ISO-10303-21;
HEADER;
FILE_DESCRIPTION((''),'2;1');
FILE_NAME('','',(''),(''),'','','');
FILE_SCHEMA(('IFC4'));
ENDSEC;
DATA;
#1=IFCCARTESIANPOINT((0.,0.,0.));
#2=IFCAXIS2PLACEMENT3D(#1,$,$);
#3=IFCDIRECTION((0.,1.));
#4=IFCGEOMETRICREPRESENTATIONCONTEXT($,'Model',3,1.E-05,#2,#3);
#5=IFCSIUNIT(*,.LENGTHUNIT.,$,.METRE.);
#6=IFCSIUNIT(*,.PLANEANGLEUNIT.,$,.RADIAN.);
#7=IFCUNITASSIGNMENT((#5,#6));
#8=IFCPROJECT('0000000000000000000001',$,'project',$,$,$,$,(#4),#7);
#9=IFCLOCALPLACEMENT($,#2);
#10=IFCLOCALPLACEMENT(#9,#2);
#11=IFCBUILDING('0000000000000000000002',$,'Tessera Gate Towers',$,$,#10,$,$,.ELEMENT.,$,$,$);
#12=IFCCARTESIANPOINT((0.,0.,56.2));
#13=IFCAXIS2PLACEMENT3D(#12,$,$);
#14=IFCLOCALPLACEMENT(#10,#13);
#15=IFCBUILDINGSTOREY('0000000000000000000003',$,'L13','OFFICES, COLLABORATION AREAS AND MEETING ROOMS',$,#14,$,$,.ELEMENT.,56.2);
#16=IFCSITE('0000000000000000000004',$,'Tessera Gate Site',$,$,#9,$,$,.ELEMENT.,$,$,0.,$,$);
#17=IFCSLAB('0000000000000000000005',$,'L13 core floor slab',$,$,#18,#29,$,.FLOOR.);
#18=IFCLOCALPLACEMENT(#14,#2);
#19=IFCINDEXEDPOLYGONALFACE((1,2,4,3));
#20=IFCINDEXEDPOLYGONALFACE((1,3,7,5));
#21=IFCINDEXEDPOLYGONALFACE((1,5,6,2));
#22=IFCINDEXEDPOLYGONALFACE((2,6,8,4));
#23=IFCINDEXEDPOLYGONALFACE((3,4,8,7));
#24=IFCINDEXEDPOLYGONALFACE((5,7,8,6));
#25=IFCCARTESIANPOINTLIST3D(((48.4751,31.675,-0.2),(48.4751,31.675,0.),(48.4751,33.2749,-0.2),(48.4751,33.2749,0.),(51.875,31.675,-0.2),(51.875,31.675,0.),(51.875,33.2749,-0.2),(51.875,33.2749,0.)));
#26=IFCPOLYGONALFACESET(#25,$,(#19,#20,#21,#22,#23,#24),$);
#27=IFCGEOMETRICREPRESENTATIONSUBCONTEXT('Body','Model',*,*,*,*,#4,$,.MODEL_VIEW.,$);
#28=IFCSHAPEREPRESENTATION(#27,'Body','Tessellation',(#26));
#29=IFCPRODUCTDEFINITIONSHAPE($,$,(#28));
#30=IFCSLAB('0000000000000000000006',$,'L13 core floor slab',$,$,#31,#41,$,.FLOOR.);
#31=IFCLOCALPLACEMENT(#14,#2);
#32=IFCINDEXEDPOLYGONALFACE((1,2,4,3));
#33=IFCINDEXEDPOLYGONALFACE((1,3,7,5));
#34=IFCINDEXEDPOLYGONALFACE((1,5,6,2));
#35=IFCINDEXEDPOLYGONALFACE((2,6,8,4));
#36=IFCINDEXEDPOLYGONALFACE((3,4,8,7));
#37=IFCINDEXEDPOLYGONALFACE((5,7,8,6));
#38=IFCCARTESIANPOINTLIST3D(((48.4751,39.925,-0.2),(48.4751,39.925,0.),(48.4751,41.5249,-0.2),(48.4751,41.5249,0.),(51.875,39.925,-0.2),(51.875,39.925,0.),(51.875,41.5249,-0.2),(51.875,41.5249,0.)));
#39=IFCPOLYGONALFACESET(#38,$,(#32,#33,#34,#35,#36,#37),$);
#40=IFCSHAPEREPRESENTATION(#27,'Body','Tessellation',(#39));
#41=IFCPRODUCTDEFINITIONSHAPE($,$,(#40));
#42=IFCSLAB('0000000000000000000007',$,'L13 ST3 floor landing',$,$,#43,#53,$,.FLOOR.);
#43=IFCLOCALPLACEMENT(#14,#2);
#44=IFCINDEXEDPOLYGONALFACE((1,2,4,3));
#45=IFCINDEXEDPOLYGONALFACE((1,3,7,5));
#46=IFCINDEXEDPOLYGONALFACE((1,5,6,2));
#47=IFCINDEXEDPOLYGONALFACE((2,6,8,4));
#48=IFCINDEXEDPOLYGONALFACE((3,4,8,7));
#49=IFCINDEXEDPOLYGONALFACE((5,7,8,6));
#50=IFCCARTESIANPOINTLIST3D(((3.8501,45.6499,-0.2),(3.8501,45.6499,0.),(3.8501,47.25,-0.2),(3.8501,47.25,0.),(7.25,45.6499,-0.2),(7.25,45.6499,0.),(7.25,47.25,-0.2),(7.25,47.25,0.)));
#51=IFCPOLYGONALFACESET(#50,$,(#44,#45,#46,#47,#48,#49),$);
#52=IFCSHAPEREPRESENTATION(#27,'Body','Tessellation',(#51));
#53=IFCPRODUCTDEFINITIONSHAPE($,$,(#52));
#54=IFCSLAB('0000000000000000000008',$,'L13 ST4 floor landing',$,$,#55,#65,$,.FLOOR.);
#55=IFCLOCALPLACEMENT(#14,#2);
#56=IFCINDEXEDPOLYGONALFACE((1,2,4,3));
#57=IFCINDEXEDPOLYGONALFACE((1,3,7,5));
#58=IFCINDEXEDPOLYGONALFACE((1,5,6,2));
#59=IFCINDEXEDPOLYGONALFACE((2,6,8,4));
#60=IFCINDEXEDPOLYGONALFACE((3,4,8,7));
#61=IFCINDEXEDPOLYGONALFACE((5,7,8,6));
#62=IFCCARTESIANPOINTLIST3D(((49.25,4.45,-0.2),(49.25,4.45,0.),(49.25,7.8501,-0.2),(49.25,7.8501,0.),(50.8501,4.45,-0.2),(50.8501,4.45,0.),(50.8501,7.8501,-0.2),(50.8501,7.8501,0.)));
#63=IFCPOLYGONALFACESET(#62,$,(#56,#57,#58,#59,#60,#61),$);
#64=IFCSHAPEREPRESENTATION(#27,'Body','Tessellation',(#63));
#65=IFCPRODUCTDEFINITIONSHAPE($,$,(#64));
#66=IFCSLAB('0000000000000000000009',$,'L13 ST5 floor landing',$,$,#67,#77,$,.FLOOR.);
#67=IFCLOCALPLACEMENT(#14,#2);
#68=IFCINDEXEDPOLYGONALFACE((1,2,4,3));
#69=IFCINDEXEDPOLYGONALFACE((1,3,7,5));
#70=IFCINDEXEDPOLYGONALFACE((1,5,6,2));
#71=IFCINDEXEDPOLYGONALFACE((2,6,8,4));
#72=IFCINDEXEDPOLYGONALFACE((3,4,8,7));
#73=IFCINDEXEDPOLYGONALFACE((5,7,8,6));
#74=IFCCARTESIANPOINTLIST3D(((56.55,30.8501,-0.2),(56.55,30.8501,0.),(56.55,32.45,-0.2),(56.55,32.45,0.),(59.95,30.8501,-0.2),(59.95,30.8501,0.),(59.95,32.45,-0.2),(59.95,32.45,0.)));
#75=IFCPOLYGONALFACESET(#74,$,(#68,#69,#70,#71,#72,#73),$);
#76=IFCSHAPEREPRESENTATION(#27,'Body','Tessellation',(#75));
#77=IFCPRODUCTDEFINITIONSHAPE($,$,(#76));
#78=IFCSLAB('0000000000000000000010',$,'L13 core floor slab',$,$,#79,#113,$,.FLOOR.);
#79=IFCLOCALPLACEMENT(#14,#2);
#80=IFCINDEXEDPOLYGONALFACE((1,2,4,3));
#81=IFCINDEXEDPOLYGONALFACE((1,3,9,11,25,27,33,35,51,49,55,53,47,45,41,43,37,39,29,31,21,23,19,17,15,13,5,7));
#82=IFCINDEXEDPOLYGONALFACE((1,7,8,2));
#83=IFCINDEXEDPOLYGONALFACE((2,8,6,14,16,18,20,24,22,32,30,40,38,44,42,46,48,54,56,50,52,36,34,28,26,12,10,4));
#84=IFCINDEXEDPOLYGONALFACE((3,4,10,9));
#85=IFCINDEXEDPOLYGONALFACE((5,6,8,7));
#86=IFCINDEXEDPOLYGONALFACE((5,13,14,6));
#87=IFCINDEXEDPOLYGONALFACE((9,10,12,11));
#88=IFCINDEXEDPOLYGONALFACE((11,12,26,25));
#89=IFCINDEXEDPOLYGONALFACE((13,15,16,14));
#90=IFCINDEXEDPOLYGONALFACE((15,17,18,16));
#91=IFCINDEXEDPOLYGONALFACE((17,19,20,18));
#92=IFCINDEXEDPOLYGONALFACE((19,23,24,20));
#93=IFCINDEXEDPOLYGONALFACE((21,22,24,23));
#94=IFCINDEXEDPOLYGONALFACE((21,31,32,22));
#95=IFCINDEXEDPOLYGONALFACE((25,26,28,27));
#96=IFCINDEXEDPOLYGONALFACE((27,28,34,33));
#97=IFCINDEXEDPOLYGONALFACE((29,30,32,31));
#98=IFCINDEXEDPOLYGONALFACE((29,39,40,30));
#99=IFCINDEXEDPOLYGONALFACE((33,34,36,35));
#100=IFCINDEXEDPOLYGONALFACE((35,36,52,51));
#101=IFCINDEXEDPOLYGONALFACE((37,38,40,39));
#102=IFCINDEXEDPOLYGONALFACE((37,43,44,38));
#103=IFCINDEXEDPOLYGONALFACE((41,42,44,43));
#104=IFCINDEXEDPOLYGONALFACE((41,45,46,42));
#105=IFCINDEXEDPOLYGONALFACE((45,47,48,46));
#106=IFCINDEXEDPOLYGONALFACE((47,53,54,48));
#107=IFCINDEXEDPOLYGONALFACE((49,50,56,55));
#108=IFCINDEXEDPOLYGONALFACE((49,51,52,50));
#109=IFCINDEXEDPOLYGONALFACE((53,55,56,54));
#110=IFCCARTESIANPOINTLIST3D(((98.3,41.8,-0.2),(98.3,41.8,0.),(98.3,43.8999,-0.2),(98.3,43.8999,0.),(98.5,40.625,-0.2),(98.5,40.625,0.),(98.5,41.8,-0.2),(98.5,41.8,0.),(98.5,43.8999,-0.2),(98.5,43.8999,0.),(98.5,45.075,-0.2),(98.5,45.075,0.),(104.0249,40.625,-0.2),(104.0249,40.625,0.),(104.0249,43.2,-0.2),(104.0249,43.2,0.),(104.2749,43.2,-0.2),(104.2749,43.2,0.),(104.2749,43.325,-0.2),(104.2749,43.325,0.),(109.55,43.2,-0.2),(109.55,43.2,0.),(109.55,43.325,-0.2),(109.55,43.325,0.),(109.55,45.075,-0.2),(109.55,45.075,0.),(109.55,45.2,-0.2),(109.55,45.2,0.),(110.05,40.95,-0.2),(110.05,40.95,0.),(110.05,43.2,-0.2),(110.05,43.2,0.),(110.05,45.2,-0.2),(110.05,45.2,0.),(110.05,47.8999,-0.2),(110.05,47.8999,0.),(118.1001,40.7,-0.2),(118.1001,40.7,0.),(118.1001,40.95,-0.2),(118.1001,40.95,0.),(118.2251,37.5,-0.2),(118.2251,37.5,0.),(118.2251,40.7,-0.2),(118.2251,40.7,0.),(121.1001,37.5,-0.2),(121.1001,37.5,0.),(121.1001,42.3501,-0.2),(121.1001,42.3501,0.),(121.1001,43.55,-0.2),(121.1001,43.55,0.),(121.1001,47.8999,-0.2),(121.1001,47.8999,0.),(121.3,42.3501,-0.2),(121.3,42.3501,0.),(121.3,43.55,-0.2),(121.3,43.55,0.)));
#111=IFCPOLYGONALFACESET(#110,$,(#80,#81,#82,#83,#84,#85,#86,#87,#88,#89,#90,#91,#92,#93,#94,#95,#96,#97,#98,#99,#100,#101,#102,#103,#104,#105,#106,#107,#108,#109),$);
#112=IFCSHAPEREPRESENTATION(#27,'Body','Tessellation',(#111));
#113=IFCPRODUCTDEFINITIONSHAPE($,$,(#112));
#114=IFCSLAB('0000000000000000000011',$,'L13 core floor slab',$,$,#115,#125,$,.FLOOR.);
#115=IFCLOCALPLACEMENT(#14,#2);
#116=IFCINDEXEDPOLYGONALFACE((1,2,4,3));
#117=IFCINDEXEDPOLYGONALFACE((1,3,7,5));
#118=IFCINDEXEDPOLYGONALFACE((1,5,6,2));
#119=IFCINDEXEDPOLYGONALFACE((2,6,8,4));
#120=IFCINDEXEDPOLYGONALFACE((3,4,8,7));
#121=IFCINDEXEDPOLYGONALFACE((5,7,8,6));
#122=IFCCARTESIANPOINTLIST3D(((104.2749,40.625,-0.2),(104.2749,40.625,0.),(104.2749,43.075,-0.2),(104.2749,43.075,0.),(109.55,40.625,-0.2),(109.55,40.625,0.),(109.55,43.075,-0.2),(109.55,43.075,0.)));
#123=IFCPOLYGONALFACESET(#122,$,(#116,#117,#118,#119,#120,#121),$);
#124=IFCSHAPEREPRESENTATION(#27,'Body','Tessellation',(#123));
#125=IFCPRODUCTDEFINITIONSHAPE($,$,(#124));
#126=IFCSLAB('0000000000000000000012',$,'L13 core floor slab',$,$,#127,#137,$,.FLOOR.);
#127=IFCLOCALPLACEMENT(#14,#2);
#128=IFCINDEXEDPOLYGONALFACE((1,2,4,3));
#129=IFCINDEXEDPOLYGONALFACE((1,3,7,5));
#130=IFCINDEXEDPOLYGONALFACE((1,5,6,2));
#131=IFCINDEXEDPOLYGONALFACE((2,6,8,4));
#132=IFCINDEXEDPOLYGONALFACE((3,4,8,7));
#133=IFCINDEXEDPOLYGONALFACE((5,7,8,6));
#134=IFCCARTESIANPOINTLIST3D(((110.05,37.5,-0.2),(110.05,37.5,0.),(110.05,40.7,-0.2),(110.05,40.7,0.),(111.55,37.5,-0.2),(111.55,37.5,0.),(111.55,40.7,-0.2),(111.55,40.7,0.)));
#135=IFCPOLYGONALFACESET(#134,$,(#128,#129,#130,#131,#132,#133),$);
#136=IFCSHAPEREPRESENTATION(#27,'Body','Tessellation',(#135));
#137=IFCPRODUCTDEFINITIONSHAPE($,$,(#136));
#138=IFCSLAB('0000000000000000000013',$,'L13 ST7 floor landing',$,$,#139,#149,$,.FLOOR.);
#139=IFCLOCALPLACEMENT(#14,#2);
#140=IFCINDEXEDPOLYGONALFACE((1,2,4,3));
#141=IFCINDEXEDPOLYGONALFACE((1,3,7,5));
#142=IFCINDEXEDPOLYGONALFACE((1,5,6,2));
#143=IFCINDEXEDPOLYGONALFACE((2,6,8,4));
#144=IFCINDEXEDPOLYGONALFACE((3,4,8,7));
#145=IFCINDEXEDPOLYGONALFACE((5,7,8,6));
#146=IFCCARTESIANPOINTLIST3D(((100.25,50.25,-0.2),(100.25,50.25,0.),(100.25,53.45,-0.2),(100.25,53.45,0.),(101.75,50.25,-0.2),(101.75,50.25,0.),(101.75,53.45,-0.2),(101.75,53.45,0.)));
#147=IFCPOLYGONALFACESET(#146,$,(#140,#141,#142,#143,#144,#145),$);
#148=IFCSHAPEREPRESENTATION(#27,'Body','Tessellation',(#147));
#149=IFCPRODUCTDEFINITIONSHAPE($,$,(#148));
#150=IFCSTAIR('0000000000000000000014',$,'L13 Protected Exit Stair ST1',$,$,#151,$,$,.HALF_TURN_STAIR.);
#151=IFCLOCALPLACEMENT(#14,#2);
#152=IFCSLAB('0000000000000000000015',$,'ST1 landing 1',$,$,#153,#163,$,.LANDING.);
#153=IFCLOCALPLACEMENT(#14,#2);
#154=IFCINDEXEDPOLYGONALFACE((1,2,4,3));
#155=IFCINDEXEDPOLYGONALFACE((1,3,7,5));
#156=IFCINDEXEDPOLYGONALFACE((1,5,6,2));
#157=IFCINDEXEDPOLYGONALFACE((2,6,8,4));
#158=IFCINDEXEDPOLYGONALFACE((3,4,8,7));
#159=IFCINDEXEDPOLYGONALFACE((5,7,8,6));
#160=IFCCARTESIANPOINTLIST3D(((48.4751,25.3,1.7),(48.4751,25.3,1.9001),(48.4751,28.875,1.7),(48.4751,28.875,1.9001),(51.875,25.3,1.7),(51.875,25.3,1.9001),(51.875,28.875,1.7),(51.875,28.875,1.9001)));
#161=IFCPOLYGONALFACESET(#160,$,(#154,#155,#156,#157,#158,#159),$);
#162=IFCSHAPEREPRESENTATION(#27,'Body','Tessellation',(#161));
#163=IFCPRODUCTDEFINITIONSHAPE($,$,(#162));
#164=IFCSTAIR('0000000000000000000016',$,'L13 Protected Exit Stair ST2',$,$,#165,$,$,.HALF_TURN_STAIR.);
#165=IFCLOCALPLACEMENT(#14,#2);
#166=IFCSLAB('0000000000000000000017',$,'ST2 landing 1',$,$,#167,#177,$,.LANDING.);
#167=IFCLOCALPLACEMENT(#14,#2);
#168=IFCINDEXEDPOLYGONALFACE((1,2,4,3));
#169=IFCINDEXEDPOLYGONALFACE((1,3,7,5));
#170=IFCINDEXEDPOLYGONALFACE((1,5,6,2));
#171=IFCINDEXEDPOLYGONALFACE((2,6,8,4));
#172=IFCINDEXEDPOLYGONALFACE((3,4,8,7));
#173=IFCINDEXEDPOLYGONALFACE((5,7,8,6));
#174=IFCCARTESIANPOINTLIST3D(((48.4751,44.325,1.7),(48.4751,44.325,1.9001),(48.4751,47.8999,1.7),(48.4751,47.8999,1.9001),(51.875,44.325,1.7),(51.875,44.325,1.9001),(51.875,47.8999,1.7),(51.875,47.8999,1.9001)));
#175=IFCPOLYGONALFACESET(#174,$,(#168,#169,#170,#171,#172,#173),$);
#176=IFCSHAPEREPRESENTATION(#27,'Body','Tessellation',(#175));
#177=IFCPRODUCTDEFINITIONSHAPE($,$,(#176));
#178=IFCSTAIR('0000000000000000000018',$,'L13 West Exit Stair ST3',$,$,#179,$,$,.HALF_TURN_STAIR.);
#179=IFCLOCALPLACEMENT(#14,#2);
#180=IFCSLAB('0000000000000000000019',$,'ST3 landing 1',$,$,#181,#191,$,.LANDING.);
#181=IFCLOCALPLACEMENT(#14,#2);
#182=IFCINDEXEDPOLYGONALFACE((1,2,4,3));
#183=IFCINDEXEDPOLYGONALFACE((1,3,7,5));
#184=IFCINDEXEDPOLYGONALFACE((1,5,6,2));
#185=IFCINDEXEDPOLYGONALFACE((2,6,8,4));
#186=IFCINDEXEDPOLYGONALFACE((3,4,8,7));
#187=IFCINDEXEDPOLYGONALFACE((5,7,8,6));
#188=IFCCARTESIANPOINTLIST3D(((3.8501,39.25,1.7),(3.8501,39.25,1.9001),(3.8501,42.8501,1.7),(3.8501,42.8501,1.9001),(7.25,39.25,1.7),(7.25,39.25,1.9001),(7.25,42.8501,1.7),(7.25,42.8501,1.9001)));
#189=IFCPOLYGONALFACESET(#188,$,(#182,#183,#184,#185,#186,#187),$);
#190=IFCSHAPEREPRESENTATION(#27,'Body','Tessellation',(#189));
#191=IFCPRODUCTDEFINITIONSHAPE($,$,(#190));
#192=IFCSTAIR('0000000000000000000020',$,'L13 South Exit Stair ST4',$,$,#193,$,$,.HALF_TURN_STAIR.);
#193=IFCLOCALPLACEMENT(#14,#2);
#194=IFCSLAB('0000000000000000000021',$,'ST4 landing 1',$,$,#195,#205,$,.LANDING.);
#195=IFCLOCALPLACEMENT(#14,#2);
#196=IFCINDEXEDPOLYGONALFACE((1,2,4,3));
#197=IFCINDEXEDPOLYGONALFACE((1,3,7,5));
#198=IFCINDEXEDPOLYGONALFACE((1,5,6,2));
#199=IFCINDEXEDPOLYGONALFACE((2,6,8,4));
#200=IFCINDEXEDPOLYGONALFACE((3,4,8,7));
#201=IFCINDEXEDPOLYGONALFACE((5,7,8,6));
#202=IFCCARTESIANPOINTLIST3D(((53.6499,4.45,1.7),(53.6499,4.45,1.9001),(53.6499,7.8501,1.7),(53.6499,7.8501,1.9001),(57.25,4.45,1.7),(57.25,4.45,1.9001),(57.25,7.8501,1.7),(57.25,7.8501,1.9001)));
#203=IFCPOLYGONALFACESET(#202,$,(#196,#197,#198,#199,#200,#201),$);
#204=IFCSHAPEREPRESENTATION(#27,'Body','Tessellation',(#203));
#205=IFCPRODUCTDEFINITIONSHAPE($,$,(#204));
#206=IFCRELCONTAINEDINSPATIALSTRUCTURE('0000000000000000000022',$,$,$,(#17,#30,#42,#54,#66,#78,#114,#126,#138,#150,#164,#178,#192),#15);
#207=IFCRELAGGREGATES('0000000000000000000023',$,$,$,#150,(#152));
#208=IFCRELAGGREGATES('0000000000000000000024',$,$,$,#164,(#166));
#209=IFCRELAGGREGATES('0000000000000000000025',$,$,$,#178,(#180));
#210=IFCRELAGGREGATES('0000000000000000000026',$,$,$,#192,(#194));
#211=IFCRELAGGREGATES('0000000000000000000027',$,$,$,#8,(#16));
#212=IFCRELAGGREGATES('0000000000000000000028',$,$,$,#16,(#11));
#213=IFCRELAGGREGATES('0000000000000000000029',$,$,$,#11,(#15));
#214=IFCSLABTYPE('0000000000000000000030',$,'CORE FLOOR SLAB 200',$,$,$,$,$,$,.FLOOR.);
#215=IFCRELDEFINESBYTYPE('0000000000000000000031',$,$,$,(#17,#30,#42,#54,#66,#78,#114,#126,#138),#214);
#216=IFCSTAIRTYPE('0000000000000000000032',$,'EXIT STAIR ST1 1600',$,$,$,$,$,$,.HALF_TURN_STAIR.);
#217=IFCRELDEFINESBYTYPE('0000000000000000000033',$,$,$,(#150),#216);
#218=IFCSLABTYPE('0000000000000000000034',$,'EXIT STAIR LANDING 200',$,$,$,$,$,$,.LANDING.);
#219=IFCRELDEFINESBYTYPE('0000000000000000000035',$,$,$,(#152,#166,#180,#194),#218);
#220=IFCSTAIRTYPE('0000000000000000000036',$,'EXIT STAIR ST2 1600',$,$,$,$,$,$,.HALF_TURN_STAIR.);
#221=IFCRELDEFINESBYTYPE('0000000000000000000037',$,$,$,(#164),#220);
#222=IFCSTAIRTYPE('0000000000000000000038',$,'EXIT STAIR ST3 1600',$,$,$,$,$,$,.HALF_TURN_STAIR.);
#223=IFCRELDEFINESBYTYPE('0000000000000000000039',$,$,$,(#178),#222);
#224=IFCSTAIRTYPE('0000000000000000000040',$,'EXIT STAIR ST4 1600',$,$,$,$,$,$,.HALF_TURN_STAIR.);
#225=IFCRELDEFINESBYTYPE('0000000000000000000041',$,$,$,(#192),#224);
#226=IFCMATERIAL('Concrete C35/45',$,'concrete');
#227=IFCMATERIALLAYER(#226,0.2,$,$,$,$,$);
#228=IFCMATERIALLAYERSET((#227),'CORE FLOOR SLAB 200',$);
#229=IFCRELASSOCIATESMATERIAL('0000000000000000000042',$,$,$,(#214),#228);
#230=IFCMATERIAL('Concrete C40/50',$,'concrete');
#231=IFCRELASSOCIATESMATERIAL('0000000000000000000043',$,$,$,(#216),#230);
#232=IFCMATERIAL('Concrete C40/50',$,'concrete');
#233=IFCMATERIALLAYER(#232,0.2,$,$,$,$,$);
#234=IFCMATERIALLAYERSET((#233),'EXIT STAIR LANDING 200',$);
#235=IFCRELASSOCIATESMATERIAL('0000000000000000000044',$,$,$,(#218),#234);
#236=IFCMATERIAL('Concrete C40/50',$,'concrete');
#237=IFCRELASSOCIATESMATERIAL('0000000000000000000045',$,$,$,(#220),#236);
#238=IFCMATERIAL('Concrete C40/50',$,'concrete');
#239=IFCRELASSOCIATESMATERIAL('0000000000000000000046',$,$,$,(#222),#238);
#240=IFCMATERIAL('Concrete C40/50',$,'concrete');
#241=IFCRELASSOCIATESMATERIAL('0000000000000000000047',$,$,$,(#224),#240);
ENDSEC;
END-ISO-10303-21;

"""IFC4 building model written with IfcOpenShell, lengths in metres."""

from ifc_helpers import new_model, si_unit, direction, frame, origin, place, context, subcontext, project, spatial, polyline, outline, extrude, material, layer, layer_set, type_object, element, aggregate, save


model = new_model("IFC4")

# Units and contexts
model_context = context("Model", 3, precision=1e-05, world=origin(), true_north=direction((0.0, 1.0)))
body_context = subcontext(model_context, "Body", "Model", "MODEL_VIEW")
ifc_project = project(units=[si_unit("LENGTHUNIT", "METRE"), si_unit("PLANEANGLEUNIT", "RADIAN")], contexts=[model_context])

# Site, building, storey
site_placement = place(None, origin())
site = spatial("IfcSite", under=ifc_project, at=site_placement, Name="Tessera Gate Site", CompositionType="ELEMENT", RefElevation=0.0)
building_placement = place(site_placement, origin())
building = spatial("IfcBuilding", under=site, at=building_placement, Name="Tessera Gate Towers", CompositionType="ELEMENT")
storey_placement = place(building_placement, frame((0.0, 0.0, 56.2)))
storey = spatial("IfcBuildingStorey", under=building, at=storey_placement, Name="L13", Description="OFFICES, COLLABORATION AREAS AND MEETING ROOMS", CompositionType="ELEMENT", Elevation=56.2)

# Slabs
ifc_material_1 = material(Name="Concrete C35/45", Category="concrete")
ifc_layer_1 = layer(ifc_material_1, 0.2)
ifc_layer_set_1 = layer_set([ifc_layer_1], Name="CORE FLOOR SLAB 200")
slab_type_1 = type_object("IfcSlabType", Name="CORE FLOOR SLAB 200", PredefinedType="FLOOR", material=ifc_layer_set_1)
slab_1_placement = place(storey_placement, frame((0.0, 0.0, -0.2)))
element("IfcSlab", 1, at=slab_1_placement, inside=storey, type_object=slab_type_1, Name="L13 core floor slab", PredefinedType="FLOOR", context=body_context, shape_type="SweptSolid", body=[
    extrude(outline(polyline([(51.875, 31.675), (51.875, 33.2749), (48.4751, 33.2749), (48.4751, 31.675), (51.875, 31.675)])), origin(), (0.0, 0.0, 1.0), 0.2),
])
slab_2_placement = place(storey_placement, frame((0.0, 0.0, -0.2)))
element("IfcSlab", 2, at=slab_2_placement, inside=storey, type_object=slab_type_1, Name="L13 core floor slab", PredefinedType="FLOOR", context=body_context, shape_type="SweptSolid", body=[
    extrude(outline(polyline([(48.4751, 41.5249), (48.4751, 39.925), (51.875, 39.925), (51.875, 41.5249), (48.4751, 41.5249)])), origin(), (0.0, 0.0, 1.0), 0.2),
])
slab_3_placement = place(storey_placement, frame((0.0, 0.0, -0.2)))
element("IfcSlab", 3, at=slab_3_placement, inside=storey, type_object=slab_type_1, Name="L13 ST3 floor landing", PredefinedType="FLOOR", context=body_context, shape_type="SweptSolid", body=[
    extrude(outline(polyline([(3.8501, 47.25), (3.8501, 45.6499), (7.25, 45.6499), (7.25, 47.25), (3.8501, 47.25)])), origin(), (0.0, 0.0, 1.0), 0.2),
])
slab_4_placement = place(storey_placement, frame((0.0, 0.0, -0.2)))
element("IfcSlab", 4, at=slab_4_placement, inside=storey, type_object=slab_type_1, Name="L13 ST4 floor landing", PredefinedType="FLOOR", context=body_context, shape_type="SweptSolid", body=[
    extrude(outline(polyline([(49.25, 4.45), (50.8501, 4.45), (50.8501, 7.8501), (49.25, 7.8501), (49.25, 4.45)])), origin(), (0.0, 0.0, 1.0), 0.2),
])
slab_5_placement = place(storey_placement, frame((0.0, 0.0, -0.2)))
element("IfcSlab", 5, at=slab_5_placement, inside=storey, type_object=slab_type_1, Name="L13 ST5 floor landing", PredefinedType="FLOOR", context=body_context, shape_type="SweptSolid", body=[
    extrude(outline(polyline([(59.95, 30.8501), (59.95, 32.45), (56.55, 32.45), (56.55, 30.8501), (59.95, 30.8501)])), origin(), (0.0, 0.0, 1.0), 0.2),
])
slab_6_placement = place(storey_placement, frame((0.0, 0.0, -0.2)))
element("IfcSlab", 6, at=slab_6_placement, inside=storey, type_object=slab_type_1, Name="L13 core floor slab", PredefinedType="FLOOR", context=body_context, shape_type="SweptSolid", body=[
    extrude(outline(polyline([(109.55, 45.2), (109.55, 45.075), (98.5, 45.075), (98.5, 43.8999), (98.3, 43.8999), (98.3, 41.8), (98.5, 41.8), (98.5, 40.625), (104.0249, 40.625), (104.0249, 43.2), (104.2749, 43.2), (104.2749, 43.325), (109.55, 43.325), (109.55, 43.2), (110.05, 43.2), (110.05, 40.95), (118.1001, 40.95), (118.1001, 40.7), (118.2251, 40.7), (118.2251, 37.5), (121.1001, 37.5), (121.1001, 42.3501), (121.3, 42.3501), (121.3, 43.55), (121.1001, 43.55), (121.1001, 47.8999), (110.05, 47.8999), (110.05, 45.2), (109.55, 45.2)])), origin(), (0.0, 0.0, 1.0), 0.2),
])
slab_7_placement = place(storey_placement, frame((0.0, 0.0, -0.2)))
element("IfcSlab", 7, at=slab_7_placement, inside=storey, type_object=slab_type_1, Name="L13 core floor slab", PredefinedType="FLOOR", context=body_context, shape_type="SweptSolid", body=[
    extrude(outline(polyline([(109.55, 43.075), (104.2749, 43.075), (104.2749, 40.625), (109.55, 40.625), (109.55, 43.075)])), origin(), (0.0, 0.0, 1.0), 0.2),
])
slab_8_placement = place(storey_placement, frame((0.0, 0.0, -0.2)))
element("IfcSlab", 8, at=slab_8_placement, inside=storey, type_object=slab_type_1, Name="L13 core floor slab", PredefinedType="FLOOR", context=body_context, shape_type="SweptSolid", body=[
    extrude(outline(polyline([(111.55, 37.5), (111.55, 40.7), (110.05, 40.7), (110.05, 37.5), (111.55, 37.5)])), origin(), (0.0, 0.0, 1.0), 0.2),
])
slab_9_placement = place(storey_placement, frame((0.0, 0.0, -0.2)))
element("IfcSlab", 9, at=slab_9_placement, inside=storey, type_object=slab_type_1, Name="L13 ST7 floor landing", PredefinedType="FLOOR", context=body_context, shape_type="SweptSolid", body=[
    extrude(outline(polyline([(100.25, 50.25), (101.75, 50.25), (101.75, 53.45), (100.25, 53.45), (100.25, 50.25)])), origin(), (0.0, 0.0, 1.0), 0.2),
])

# Stairs, slabs
ifc_material_2 = material(Name="Concrete C40/50", Category="concrete")
stair_type_1 = type_object("IfcStairType", Name="EXIT STAIR ST1 1600", PredefinedType="HALF_TURN_STAIR", material=ifc_material_2)
stair_1_placement = place(storey_placement, origin())
stair_1 = element("IfcStair", 10, at=stair_1_placement, inside=storey, type_object=stair_type_1, Name="L13 Protected Exit Stair ST1", PredefinedType="HALF_TURN_STAIR")
ifc_material_3 = material(Name="Concrete C40/50", Category="concrete")
ifc_layer_2 = layer(ifc_material_3, 0.2)
ifc_layer_set_2 = layer_set([ifc_layer_2], Name="EXIT STAIR LANDING 200")
slab_type_2 = type_object("IfcSlabType", Name="EXIT STAIR LANDING 200", PredefinedType="LANDING", material=ifc_layer_set_2)
slab_10_placement = place(storey_placement, frame((0.0, 0.0, 1.7)))
slab_10 = element("IfcSlab", 11, at=slab_10_placement, type_object=slab_type_2, Name="ST1 landing 1", PredefinedType="LANDING", context=body_context, shape_type="SweptSolid", body=[
    extrude(outline(polyline([(48.4751, 28.875), (48.4751, 25.3), (51.875, 25.3), (51.875, 28.875), (48.4751, 28.875)])), origin(), (0.0, 0.0, 1.0), 0.2002),
])
aggregate(stair_1, [slab_10])
ifc_material_4 = material(Name="Concrete C40/50", Category="concrete")
stair_type_2 = type_object("IfcStairType", Name="EXIT STAIR ST2 1600", PredefinedType="HALF_TURN_STAIR", material=ifc_material_4)
stair_2_placement = place(storey_placement, origin())
stair_2 = element("IfcStair", 12, at=stair_2_placement, inside=storey, type_object=stair_type_2, Name="L13 Protected Exit Stair ST2", PredefinedType="HALF_TURN_STAIR")
slab_11_placement = place(storey_placement, frame((0.0, 0.0, 1.7)))
slab_11 = element("IfcSlab", 13, at=slab_11_placement, type_object=slab_type_2, Name="ST2 landing 1", PredefinedType="LANDING", context=body_context, shape_type="SweptSolid", body=[
    extrude(outline(polyline([(51.875, 44.325), (51.875, 47.8999), (48.4751, 47.8999), (48.4751, 44.325), (51.875, 44.325)])), origin(), (0.0, 0.0, 1.0), 0.2002),
])
aggregate(stair_2, [slab_11])
ifc_material_5 = material(Name="Concrete C40/50", Category="concrete")
stair_type_3 = type_object("IfcStairType", Name="EXIT STAIR ST3 1600", PredefinedType="HALF_TURN_STAIR", material=ifc_material_5)
stair_3_placement = place(storey_placement, origin())
stair_3 = element("IfcStair", 14, at=stair_3_placement, inside=storey, type_object=stair_type_3, Name="L13 West Exit Stair ST3", PredefinedType="HALF_TURN_STAIR")
slab_12_placement = place(storey_placement, frame((0.0, 0.0, 1.7)))
slab_12 = element("IfcSlab", 15, at=slab_12_placement, type_object=slab_type_2, Name="ST3 landing 1", PredefinedType="LANDING", context=body_context, shape_type="SweptSolid", body=[
    extrude(outline(polyline([(3.8501, 42.8501), (3.8501, 39.25), (7.25, 39.25), (7.25, 42.8501), (3.8501, 42.8501)])), origin(), (0.0, 0.0, 1.0), 0.2002),
])
aggregate(stair_3, [slab_12])
ifc_material_6 = material(Name="Concrete C40/50", Category="concrete")
stair_type_4 = type_object("IfcStairType", Name="EXIT STAIR ST4 1600", PredefinedType="HALF_TURN_STAIR", material=ifc_material_6)
stair_4_placement = place(storey_placement, origin())
stair_4 = element("IfcStair", 16, at=stair_4_placement, inside=storey, type_object=stair_type_4, Name="L13 South Exit Stair ST4", PredefinedType="HALF_TURN_STAIR")
slab_13_placement = place(storey_placement, frame((0.0, 0.0, 1.7)))
slab_13 = element("IfcSlab", 17, at=slab_13_placement, type_object=slab_type_2, Name="ST4 landing 1", PredefinedType="LANDING", context=body_context, shape_type="SweptSolid", body=[
    extrude(outline(polyline([(53.6499, 4.45), (57.25, 4.45), (57.25, 7.8501), (53.6499, 7.8501), (53.6499, 4.45)])), origin(), (0.0, 0.0, 1.0), 0.2002),
])
aggregate(stair_4, [slab_13])

save(model, "model.ifc")
